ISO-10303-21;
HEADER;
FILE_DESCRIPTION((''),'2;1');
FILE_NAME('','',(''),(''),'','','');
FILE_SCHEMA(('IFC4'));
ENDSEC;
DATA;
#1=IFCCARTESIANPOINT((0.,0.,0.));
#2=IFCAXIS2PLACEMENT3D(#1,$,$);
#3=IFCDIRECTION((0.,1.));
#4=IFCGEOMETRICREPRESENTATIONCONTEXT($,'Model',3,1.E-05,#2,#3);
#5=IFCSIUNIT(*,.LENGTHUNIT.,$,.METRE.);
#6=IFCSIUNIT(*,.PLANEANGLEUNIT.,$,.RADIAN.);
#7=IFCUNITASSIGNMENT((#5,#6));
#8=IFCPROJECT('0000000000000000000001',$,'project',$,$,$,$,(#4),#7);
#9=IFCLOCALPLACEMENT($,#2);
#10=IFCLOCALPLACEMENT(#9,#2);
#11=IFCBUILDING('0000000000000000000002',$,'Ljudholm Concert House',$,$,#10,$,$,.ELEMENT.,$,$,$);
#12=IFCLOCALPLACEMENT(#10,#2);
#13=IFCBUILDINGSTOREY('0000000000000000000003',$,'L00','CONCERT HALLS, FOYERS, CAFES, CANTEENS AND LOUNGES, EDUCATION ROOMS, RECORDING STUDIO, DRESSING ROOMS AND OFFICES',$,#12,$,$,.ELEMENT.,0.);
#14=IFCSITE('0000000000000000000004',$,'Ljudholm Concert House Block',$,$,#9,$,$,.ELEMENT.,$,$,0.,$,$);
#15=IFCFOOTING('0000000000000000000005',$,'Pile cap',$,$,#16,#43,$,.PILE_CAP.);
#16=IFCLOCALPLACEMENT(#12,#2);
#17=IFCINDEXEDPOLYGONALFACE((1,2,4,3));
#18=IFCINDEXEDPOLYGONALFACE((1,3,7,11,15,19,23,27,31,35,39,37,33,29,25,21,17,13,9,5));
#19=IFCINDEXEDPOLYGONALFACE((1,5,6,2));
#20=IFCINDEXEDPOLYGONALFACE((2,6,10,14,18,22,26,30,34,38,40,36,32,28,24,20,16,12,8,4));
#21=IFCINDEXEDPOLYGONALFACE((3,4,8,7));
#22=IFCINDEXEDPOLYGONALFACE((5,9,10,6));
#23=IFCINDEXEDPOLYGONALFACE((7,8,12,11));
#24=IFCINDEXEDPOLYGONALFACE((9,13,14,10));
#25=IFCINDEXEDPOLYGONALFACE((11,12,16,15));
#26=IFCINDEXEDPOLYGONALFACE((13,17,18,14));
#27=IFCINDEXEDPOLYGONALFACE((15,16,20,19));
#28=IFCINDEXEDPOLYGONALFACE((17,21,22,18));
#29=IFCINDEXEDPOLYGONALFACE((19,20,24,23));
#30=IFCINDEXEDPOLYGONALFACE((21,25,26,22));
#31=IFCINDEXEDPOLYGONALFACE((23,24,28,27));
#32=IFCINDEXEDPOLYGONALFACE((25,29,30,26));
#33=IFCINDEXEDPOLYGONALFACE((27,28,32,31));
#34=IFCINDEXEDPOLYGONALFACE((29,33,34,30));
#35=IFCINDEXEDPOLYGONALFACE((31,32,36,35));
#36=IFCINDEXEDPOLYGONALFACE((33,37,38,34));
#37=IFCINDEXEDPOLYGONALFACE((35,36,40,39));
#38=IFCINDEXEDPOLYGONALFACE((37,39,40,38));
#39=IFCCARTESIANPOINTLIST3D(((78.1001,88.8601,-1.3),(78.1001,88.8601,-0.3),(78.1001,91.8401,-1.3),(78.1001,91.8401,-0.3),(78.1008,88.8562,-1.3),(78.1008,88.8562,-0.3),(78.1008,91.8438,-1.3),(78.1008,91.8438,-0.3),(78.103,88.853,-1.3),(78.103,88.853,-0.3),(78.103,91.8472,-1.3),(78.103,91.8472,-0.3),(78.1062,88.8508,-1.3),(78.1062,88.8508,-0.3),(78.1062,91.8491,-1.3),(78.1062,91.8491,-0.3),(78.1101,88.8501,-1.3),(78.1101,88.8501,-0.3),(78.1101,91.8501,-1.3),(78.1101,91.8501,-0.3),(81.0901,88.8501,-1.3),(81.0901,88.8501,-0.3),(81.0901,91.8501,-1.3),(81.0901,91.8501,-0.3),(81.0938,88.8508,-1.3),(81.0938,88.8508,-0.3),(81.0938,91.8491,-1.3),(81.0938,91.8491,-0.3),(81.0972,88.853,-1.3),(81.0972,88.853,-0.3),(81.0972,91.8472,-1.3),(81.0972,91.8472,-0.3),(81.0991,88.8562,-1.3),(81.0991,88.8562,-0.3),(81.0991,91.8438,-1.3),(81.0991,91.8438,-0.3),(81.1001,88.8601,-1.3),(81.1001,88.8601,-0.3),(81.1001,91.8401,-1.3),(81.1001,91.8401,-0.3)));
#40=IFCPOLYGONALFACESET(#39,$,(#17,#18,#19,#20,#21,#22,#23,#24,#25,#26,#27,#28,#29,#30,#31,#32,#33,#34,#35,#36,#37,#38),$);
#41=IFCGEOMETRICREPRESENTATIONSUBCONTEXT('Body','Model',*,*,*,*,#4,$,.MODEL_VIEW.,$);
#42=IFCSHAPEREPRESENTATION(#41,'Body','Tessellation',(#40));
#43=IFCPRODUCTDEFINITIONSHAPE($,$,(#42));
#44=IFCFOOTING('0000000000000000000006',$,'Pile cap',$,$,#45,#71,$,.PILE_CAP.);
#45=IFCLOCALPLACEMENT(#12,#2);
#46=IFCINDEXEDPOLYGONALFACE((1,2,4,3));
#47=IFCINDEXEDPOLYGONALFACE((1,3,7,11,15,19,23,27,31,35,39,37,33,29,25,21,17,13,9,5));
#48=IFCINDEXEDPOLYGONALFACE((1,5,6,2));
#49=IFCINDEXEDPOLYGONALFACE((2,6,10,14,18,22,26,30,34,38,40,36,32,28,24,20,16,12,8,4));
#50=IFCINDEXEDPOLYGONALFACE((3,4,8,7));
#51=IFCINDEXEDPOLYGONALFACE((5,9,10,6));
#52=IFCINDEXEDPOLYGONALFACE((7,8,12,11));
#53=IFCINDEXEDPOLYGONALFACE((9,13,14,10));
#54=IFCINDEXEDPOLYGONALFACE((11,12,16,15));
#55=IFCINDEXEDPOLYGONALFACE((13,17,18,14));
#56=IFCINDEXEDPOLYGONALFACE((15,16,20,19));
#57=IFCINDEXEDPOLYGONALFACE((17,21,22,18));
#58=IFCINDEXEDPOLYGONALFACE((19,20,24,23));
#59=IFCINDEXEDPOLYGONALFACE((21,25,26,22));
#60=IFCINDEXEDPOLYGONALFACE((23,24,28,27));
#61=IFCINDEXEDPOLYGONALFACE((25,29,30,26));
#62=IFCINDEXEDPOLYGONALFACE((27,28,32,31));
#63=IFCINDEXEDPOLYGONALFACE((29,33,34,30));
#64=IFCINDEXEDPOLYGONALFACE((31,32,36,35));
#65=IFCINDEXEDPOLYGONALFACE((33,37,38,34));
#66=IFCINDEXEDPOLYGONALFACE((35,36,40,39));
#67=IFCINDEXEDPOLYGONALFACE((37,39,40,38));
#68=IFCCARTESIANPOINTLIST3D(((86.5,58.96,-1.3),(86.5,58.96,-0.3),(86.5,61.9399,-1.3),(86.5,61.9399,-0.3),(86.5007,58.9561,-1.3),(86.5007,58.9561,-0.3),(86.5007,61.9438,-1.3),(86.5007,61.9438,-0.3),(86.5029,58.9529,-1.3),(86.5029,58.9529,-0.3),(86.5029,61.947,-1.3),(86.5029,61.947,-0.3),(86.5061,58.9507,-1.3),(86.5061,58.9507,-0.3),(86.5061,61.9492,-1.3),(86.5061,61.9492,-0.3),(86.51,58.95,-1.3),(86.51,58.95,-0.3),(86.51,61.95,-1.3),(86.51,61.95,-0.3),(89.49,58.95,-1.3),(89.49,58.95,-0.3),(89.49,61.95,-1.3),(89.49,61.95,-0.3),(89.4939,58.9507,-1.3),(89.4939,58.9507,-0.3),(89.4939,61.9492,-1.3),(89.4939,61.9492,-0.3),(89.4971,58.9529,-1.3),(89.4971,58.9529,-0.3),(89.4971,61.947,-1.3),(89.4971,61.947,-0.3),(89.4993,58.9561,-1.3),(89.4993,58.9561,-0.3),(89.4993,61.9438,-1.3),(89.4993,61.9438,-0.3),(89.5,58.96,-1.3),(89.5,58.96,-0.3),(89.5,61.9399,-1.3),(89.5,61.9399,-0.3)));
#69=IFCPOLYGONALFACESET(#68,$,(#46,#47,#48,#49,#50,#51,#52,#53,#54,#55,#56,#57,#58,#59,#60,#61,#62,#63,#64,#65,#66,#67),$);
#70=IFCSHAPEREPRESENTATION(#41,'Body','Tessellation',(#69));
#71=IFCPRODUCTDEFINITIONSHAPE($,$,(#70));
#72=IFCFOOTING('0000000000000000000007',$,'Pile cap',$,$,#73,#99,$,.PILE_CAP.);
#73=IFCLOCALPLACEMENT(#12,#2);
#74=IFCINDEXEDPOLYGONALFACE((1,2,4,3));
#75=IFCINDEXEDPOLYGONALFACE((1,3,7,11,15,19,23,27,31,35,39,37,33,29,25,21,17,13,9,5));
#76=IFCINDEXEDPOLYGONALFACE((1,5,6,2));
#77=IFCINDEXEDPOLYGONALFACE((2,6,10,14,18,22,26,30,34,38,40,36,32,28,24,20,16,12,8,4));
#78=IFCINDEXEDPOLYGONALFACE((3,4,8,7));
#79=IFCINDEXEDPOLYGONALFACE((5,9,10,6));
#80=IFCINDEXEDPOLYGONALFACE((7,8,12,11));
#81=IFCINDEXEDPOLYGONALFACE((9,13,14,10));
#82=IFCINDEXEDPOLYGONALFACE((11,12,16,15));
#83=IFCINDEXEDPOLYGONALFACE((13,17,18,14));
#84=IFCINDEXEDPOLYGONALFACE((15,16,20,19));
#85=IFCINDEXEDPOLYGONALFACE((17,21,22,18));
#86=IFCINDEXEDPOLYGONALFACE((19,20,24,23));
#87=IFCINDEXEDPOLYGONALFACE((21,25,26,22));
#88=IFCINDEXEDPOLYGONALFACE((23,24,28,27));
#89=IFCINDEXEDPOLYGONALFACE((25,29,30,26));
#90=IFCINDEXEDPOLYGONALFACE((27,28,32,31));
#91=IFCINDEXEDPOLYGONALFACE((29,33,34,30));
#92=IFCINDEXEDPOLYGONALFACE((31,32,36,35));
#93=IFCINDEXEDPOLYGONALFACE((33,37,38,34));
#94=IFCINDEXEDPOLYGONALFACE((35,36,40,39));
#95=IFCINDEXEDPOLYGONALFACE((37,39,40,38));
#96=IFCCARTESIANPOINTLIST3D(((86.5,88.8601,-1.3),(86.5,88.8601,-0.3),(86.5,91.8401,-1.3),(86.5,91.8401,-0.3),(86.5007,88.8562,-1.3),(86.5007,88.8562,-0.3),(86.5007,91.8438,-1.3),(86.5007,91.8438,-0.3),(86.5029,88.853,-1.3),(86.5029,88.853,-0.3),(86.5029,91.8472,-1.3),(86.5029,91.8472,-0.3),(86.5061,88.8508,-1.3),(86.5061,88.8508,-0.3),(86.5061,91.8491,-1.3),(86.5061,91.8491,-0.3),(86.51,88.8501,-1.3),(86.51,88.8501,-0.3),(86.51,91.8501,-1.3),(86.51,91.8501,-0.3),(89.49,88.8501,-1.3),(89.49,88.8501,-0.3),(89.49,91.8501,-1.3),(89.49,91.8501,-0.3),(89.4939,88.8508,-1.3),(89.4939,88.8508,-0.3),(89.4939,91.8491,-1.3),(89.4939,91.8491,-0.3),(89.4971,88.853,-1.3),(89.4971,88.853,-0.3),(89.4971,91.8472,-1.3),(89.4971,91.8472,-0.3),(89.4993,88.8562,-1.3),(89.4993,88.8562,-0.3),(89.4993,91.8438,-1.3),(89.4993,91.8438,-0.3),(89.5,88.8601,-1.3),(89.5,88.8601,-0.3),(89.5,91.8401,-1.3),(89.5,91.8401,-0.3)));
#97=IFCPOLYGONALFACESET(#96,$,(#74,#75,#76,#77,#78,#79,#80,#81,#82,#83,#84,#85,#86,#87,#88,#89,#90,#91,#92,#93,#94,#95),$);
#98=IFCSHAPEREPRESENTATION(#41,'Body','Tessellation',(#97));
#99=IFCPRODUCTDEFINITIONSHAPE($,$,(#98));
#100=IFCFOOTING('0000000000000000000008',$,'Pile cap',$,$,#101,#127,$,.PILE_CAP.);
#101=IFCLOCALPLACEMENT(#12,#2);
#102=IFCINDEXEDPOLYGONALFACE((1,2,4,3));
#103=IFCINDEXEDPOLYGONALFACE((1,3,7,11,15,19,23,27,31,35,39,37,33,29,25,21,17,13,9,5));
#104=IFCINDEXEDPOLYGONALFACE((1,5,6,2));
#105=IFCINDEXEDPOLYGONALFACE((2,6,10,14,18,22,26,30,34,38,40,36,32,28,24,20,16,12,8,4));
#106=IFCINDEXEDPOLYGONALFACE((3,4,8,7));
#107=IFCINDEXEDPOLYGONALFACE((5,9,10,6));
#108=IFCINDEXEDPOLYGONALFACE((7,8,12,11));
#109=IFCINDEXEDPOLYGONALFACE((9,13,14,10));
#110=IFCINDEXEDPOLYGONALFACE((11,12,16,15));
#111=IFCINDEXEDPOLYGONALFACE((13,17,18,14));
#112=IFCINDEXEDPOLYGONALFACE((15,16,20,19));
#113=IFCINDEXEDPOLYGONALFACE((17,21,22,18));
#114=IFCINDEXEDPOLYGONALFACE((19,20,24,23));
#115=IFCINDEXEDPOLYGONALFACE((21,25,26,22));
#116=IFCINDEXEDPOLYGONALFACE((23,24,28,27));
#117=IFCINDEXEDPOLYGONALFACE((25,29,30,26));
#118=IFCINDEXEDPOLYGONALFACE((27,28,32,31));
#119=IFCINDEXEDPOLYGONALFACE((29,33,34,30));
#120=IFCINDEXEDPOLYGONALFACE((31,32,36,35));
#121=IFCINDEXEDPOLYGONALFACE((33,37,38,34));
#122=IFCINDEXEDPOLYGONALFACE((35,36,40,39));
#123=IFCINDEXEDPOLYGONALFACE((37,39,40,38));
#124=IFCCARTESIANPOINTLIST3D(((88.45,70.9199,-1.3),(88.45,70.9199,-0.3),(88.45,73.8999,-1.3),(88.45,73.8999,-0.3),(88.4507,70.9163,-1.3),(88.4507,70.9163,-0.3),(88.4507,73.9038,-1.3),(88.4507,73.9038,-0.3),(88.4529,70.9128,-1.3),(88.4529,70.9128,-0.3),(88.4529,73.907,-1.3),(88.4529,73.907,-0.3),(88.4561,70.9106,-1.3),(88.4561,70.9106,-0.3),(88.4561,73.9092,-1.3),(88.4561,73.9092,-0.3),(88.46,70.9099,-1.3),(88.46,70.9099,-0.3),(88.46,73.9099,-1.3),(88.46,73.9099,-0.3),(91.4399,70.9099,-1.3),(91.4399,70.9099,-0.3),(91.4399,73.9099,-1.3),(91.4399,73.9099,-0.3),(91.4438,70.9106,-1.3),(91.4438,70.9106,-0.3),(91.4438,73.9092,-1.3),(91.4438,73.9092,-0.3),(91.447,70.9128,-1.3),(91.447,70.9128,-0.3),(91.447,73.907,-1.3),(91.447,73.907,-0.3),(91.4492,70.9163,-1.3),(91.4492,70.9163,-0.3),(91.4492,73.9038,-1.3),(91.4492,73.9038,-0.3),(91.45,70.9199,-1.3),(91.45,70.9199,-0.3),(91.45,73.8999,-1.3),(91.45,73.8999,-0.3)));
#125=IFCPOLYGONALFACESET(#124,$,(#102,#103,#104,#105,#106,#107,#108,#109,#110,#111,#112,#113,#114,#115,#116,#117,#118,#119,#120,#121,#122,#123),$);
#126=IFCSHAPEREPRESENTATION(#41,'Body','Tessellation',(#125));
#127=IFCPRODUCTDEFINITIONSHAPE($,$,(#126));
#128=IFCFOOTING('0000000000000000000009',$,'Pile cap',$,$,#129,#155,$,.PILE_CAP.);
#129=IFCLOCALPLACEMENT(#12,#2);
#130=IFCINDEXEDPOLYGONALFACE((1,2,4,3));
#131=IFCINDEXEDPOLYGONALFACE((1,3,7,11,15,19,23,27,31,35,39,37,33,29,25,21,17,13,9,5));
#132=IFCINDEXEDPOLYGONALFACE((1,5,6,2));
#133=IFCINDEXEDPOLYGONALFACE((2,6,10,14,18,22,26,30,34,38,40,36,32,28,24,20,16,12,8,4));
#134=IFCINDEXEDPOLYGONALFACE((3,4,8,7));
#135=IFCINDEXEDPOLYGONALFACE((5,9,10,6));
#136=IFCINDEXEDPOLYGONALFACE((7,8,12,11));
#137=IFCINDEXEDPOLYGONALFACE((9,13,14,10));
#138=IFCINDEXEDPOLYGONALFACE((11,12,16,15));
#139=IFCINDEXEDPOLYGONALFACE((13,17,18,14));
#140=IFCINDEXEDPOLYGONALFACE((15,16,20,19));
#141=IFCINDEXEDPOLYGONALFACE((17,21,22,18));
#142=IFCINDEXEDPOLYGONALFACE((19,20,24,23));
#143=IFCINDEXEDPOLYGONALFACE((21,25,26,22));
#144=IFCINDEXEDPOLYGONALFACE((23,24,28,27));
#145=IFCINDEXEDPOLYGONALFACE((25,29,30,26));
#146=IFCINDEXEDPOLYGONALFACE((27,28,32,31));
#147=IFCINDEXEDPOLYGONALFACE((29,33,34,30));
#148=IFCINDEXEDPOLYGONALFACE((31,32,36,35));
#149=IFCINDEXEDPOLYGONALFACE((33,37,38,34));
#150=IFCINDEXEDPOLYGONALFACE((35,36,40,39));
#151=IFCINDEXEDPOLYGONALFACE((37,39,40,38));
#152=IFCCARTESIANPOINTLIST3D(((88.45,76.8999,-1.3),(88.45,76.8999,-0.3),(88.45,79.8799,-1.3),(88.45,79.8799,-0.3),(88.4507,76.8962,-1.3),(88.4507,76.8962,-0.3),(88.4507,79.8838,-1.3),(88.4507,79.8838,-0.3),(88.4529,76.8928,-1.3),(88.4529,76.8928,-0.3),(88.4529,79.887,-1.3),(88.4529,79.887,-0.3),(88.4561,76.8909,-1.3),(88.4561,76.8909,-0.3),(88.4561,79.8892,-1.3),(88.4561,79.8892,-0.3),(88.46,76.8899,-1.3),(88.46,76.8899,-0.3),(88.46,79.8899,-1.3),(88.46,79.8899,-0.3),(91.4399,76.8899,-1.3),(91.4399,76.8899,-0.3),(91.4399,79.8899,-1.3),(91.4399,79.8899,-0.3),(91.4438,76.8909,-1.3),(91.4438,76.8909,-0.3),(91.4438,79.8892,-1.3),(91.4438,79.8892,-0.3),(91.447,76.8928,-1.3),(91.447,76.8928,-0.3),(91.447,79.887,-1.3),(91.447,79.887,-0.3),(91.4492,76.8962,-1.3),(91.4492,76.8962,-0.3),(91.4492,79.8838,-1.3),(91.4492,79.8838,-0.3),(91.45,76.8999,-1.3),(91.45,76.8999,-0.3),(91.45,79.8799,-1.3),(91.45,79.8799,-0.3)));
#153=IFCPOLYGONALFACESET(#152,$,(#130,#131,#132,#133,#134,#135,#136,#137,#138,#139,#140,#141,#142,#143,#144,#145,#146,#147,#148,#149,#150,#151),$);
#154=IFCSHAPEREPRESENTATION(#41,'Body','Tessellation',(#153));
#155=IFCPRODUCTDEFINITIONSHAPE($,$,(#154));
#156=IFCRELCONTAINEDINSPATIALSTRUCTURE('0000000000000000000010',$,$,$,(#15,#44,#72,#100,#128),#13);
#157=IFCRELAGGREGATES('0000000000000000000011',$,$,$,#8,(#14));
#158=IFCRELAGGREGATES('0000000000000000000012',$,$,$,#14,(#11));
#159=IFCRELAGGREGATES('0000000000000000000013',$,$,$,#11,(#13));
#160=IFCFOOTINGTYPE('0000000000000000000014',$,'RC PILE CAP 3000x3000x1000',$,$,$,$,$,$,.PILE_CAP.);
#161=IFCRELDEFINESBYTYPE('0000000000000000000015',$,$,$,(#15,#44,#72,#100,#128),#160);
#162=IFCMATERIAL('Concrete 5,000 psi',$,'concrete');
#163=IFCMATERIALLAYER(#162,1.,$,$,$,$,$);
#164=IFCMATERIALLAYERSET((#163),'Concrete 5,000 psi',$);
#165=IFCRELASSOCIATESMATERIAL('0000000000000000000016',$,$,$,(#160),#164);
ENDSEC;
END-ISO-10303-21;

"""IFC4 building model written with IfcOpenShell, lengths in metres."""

from ifc_helpers import new_model, si_unit, direction, frame, origin, place, context, subcontext, project, spatial, polyline, outline, extrude, material, layer, layer_set, type_object, element, save


model = new_model("IFC4")

# Units and contexts
model_context = context("Model", 3, precision=1e-05, world=origin(), true_north=direction((0.0, 1.0)))
body_context = subcontext(model_context, "Body", "Model", "MODEL_VIEW")
ifc_project = project(units=[si_unit("LENGTHUNIT", "METRE"), si_unit("PLANEANGLEUNIT", "RADIAN")], contexts=[model_context])

# Site, building, storey
site_placement = place(None, origin())
site = spatial("IfcSite", under=ifc_project, at=site_placement, Name="Ljudholm Concert House Block", CompositionType="ELEMENT", RefElevation=0.0)
building_placement = place(site_placement, origin())
building = spatial("IfcBuilding", under=site, at=building_placement, Name="Ljudholm Concert House", CompositionType="ELEMENT")
storey_placement = place(building_placement, origin())
storey = spatial("IfcBuildingStorey", under=building, at=storey_placement, Name="L00", Description="CONCERT HALLS, FOYERS, CAFES, CANTEENS AND LOUNGES, EDUCATION ROOMS, RECORDING STUDIO, DRESSING ROOMS AND OFFICES", CompositionType="ELEMENT", Elevation=0.0)

# Footings
ifc_material_1 = material(Name="Concrete 5,000 psi", Category="concrete")
ifc_layer_1 = layer(ifc_material_1, 1.0)
ifc_layer_set_1 = layer_set([ifc_layer_1], Name="Concrete 5,000 psi")
footing_type_1 = type_object("IfcFootingType", Name="RC PILE CAP 3000x3000x1000", PredefinedType="PILE_CAP", material=ifc_layer_set_1)
footing_1_placement = place(storey_placement, frame((0.0, 0.0, -1.3)))
element("IfcFooting", 1, at=footing_1_placement, inside=storey, type_object=footing_type_1, Name="Pile cap", PredefinedType="PILE_CAP", context=body_context, shape_type="SweptSolid", body=[
    extrude(outline(polyline([(78.1101, 88.8501), (81.0901, 88.8501), (81.0938, 88.8508), (81.0972, 88.853), (81.0991, 88.8562), (81.1001, 88.8601), (81.1001, 91.8401), (81.0991, 91.8438), (81.0972, 91.8472), (81.0938, 91.8491), (81.0901, 91.8501), (78.1101, 91.8501), (78.1062, 91.8491), (78.103, 91.8472), (78.1008, 91.8438), (78.1001, 91.8401), (78.1001, 88.8601), (78.1008, 88.8562), (78.103, 88.853), (78.1062, 88.8508), (78.1101, 88.8501)])), origin(), (0.0, 0.0, 1.0), 1.0),
])
footing_2_placement = place(storey_placement, frame((0.0, 0.0, -1.3)))
element("IfcFooting", 2, at=footing_2_placement, inside=storey, type_object=footing_type_1, Name="Pile cap", PredefinedType="PILE_CAP", context=body_context, shape_type="SweptSolid", body=[
    extrude(outline(polyline([(86.51, 58.95), (89.49, 58.95), (89.4939, 58.9507), (89.4971, 58.9529), (89.4993, 58.9561), (89.5, 58.96), (89.5, 61.9399), (89.4993, 61.9438), (89.4971, 61.947), (89.4939, 61.9492), (89.49, 61.95), (86.51, 61.95), (86.5061, 61.9492), (86.5029, 61.947), (86.5007, 61.9438), (86.5, 61.9399), (86.5, 58.96), (86.5007, 58.9561), (86.5029, 58.9529), (86.5061, 58.9507), (86.51, 58.95)])), origin(), (0.0, 0.0, 1.0), 1.0),
])
footing_3_placement = place(storey_placement, frame((0.0, 0.0, -1.3)))
element("IfcFooting", 3, at=footing_3_placement, inside=storey, type_object=footing_type_1, Name="Pile cap", PredefinedType="PILE_CAP", context=body_context, shape_type="SweptSolid", body=[
    extrude(outline(polyline([(86.51, 88.8501), (89.49, 88.8501), (89.4939, 88.8508), (89.4971, 88.853), (89.4993, 88.8562), (89.5, 88.8601), (89.5, 91.8401), (89.4993, 91.8438), (89.4971, 91.8472), (89.4939, 91.8491), (89.49, 91.8501), (86.51, 91.8501), (86.5061, 91.8491), (86.5029, 91.8472), (86.5007, 91.8438), (86.5, 91.8401), (86.5, 88.8601), (86.5007, 88.8562), (86.5029, 88.853), (86.5061, 88.8508), (86.51, 88.8501)])), origin(), (0.0, 0.0, 1.0), 1.0),
])
footing_4_placement = place(storey_placement, frame((0.0, 0.0, -1.3)))
element("IfcFooting", 4, at=footing_4_placement, inside=storey, type_object=footing_type_1, Name="Pile cap", PredefinedType="PILE_CAP", context=body_context, shape_type="SweptSolid", body=[
    extrude(outline(polyline([(88.45, 73.8999), (88.45, 70.9199), (88.4507, 70.9163), (88.4529, 70.9128), (88.4561, 70.9106), (88.46, 70.9099), (91.4399, 70.9099), (91.4438, 70.9106), (91.447, 70.9128), (91.4492, 70.9163), (91.45, 70.9199), (91.45, 73.8999), (91.4492, 73.9038), (91.447, 73.907), (91.4438, 73.9092), (91.4399, 73.9099), (88.46, 73.9099), (88.4561, 73.9092), (88.4529, 73.907), (88.4507, 73.9038), (88.45, 73.8999)])), origin(), (0.0, 0.0, 1.0), 1.0),
])
footing_5_placement = place(storey_placement, frame((0.0, 0.0, -1.3)))
element("IfcFooting", 5, at=footing_5_placement, inside=storey, type_object=footing_type_1, Name="Pile cap", PredefinedType="PILE_CAP", context=body_context, shape_type="SweptSolid", body=[
    extrude(outline(polyline([(88.46, 76.8899), (91.4399, 76.8899), (91.4438, 76.8909), (91.447, 76.8928), (91.4492, 76.8962), (91.45, 76.8999), (91.45, 79.8799), (91.4492, 79.8838), (91.447, 79.887), (91.4438, 79.8892), (91.4399, 79.8899), (88.46, 79.8899), (88.4561, 79.8892), (88.4529, 79.887), (88.4507, 79.8838), (88.45, 79.8799), (88.45, 76.8999), (88.4507, 76.8962), (88.4529, 76.8928), (88.4561, 76.8909), (88.46, 76.8899)])), origin(), (0.0, 0.0, 1.0), 1.0),
])

save(model, "model.ifc")
